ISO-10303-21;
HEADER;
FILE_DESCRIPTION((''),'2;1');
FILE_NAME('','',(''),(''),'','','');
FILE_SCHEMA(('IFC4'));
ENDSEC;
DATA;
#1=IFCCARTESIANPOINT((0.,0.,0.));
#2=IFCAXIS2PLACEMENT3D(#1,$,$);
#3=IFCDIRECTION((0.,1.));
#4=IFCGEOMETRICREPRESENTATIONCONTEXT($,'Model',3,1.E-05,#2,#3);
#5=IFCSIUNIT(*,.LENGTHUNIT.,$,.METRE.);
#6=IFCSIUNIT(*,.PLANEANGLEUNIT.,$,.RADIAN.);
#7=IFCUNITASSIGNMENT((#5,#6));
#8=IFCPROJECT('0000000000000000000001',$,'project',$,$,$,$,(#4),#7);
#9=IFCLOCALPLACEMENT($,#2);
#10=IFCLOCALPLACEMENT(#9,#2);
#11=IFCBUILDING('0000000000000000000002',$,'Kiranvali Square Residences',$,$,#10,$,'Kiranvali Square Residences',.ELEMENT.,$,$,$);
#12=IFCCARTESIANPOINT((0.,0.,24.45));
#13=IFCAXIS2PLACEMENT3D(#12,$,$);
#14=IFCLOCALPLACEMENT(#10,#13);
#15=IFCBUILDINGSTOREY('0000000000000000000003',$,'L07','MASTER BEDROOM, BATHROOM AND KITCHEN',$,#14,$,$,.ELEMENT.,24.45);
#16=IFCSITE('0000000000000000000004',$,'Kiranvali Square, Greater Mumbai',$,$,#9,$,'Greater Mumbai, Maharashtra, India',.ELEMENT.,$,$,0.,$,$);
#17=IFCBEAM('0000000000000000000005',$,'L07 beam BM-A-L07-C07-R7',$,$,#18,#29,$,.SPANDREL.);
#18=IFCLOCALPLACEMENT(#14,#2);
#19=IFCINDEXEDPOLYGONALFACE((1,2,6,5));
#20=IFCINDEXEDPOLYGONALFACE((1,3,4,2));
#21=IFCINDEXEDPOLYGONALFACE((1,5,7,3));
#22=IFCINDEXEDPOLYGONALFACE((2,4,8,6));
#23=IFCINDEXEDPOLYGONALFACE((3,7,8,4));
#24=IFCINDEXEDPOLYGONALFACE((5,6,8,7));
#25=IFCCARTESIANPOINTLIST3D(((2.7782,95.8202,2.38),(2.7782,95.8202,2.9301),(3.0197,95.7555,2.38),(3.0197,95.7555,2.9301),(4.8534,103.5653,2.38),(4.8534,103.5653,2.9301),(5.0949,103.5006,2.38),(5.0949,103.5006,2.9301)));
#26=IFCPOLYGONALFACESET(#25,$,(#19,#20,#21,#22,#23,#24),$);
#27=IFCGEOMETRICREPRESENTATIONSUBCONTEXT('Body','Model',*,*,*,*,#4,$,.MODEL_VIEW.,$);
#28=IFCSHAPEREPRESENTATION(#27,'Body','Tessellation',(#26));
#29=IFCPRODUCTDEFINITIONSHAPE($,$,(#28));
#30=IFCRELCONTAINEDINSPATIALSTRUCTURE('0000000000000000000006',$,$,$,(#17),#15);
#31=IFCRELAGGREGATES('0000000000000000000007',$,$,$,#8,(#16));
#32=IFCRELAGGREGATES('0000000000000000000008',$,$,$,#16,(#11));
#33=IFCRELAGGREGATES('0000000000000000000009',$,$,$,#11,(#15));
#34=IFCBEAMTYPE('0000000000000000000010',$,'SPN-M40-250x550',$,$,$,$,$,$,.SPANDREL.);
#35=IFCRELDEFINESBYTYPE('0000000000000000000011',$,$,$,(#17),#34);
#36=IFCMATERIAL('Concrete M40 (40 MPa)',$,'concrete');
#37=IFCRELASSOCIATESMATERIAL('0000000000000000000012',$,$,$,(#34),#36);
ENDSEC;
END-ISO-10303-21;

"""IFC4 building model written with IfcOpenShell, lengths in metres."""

from ifc_helpers import new_model, si_unit, direction, frame, origin, origin_2d, place, context, subcontext, project, spatial, rectangle, extrude, material, material_profile, profile_set, type_object, element, save


model = new_model("IFC4")

# Units and contexts
model_context = context("Model", 3, precision=1e-05, world=origin(), true_north=direction((0.0, 1.0)))
body_context = subcontext(model_context, "Body", "Model", "MODEL_VIEW")
ifc_project = project(units=[si_unit("LENGTHUNIT", "METRE"), si_unit("PLANEANGLEUNIT", "RADIAN")], contexts=[model_context])

# Site, building, storey
site_placement = place(None, origin())
site = spatial("IfcSite", under=ifc_project, at=site_placement, Name="Kiranvali Square, Greater Mumbai", LongName="Greater Mumbai, Maharashtra, India", CompositionType="ELEMENT", RefElevation=0.0)
building_placement = place(site_placement, origin())
building = spatial("IfcBuilding", under=site, at=building_placement, Name="Kiranvali Square Residences", LongName="Kiranvali Square Residences", CompositionType="ELEMENT")
storey_placement = place(building_placement, frame((0.0, 0.0, 24.45)))
storey = spatial("IfcBuildingStorey", under=building, at=storey_placement, Name="L07", Description="MASTER BEDROOM, BATHROOM AND KITCHEN", CompositionType="ELEMENT", Elevation=24.45)

# Beam
ifc_material_1 = material(Name="Concrete M40 (40 MPa)", Category="concrete")
ifc_material_profile_1 = material_profile(ifc_material_1, rectangle(XDim=0.25, YDim=0.55, at=origin_2d()), Name="RC 250x550")
ifc_profile_set_1 = profile_set([ifc_material_profile_1], Name="Concrete M40 (40 MPa)")
beam_type_1 = type_object("IfcBeamType", Name="SPN-M40-250x550", PredefinedType="SPANDREL", material=ifc_profile_set_1)
beam_1_placement = place(storey_placement, frame((4.9741, 103.533, 2.655), z_axis=(-0.258807, -0.965929, 0.0), x_axis=(0.965929, -0.258807, 0.0)))
element("IfcBeam", 1, at=beam_1_placement, inside=storey, type_object=beam_type_1, Name="L07 beam BM-A-L07-C07-R7", PredefinedType="SPANDREL", context=body_context, shape_type="SweptSolid", body=[
    extrude(rectangle(XDim=0.25, YDim=0.55, at=origin_2d()), origin(), (0.0, 0.0, 1.0), 8.0183),
])

save(model, "model.ifc")
